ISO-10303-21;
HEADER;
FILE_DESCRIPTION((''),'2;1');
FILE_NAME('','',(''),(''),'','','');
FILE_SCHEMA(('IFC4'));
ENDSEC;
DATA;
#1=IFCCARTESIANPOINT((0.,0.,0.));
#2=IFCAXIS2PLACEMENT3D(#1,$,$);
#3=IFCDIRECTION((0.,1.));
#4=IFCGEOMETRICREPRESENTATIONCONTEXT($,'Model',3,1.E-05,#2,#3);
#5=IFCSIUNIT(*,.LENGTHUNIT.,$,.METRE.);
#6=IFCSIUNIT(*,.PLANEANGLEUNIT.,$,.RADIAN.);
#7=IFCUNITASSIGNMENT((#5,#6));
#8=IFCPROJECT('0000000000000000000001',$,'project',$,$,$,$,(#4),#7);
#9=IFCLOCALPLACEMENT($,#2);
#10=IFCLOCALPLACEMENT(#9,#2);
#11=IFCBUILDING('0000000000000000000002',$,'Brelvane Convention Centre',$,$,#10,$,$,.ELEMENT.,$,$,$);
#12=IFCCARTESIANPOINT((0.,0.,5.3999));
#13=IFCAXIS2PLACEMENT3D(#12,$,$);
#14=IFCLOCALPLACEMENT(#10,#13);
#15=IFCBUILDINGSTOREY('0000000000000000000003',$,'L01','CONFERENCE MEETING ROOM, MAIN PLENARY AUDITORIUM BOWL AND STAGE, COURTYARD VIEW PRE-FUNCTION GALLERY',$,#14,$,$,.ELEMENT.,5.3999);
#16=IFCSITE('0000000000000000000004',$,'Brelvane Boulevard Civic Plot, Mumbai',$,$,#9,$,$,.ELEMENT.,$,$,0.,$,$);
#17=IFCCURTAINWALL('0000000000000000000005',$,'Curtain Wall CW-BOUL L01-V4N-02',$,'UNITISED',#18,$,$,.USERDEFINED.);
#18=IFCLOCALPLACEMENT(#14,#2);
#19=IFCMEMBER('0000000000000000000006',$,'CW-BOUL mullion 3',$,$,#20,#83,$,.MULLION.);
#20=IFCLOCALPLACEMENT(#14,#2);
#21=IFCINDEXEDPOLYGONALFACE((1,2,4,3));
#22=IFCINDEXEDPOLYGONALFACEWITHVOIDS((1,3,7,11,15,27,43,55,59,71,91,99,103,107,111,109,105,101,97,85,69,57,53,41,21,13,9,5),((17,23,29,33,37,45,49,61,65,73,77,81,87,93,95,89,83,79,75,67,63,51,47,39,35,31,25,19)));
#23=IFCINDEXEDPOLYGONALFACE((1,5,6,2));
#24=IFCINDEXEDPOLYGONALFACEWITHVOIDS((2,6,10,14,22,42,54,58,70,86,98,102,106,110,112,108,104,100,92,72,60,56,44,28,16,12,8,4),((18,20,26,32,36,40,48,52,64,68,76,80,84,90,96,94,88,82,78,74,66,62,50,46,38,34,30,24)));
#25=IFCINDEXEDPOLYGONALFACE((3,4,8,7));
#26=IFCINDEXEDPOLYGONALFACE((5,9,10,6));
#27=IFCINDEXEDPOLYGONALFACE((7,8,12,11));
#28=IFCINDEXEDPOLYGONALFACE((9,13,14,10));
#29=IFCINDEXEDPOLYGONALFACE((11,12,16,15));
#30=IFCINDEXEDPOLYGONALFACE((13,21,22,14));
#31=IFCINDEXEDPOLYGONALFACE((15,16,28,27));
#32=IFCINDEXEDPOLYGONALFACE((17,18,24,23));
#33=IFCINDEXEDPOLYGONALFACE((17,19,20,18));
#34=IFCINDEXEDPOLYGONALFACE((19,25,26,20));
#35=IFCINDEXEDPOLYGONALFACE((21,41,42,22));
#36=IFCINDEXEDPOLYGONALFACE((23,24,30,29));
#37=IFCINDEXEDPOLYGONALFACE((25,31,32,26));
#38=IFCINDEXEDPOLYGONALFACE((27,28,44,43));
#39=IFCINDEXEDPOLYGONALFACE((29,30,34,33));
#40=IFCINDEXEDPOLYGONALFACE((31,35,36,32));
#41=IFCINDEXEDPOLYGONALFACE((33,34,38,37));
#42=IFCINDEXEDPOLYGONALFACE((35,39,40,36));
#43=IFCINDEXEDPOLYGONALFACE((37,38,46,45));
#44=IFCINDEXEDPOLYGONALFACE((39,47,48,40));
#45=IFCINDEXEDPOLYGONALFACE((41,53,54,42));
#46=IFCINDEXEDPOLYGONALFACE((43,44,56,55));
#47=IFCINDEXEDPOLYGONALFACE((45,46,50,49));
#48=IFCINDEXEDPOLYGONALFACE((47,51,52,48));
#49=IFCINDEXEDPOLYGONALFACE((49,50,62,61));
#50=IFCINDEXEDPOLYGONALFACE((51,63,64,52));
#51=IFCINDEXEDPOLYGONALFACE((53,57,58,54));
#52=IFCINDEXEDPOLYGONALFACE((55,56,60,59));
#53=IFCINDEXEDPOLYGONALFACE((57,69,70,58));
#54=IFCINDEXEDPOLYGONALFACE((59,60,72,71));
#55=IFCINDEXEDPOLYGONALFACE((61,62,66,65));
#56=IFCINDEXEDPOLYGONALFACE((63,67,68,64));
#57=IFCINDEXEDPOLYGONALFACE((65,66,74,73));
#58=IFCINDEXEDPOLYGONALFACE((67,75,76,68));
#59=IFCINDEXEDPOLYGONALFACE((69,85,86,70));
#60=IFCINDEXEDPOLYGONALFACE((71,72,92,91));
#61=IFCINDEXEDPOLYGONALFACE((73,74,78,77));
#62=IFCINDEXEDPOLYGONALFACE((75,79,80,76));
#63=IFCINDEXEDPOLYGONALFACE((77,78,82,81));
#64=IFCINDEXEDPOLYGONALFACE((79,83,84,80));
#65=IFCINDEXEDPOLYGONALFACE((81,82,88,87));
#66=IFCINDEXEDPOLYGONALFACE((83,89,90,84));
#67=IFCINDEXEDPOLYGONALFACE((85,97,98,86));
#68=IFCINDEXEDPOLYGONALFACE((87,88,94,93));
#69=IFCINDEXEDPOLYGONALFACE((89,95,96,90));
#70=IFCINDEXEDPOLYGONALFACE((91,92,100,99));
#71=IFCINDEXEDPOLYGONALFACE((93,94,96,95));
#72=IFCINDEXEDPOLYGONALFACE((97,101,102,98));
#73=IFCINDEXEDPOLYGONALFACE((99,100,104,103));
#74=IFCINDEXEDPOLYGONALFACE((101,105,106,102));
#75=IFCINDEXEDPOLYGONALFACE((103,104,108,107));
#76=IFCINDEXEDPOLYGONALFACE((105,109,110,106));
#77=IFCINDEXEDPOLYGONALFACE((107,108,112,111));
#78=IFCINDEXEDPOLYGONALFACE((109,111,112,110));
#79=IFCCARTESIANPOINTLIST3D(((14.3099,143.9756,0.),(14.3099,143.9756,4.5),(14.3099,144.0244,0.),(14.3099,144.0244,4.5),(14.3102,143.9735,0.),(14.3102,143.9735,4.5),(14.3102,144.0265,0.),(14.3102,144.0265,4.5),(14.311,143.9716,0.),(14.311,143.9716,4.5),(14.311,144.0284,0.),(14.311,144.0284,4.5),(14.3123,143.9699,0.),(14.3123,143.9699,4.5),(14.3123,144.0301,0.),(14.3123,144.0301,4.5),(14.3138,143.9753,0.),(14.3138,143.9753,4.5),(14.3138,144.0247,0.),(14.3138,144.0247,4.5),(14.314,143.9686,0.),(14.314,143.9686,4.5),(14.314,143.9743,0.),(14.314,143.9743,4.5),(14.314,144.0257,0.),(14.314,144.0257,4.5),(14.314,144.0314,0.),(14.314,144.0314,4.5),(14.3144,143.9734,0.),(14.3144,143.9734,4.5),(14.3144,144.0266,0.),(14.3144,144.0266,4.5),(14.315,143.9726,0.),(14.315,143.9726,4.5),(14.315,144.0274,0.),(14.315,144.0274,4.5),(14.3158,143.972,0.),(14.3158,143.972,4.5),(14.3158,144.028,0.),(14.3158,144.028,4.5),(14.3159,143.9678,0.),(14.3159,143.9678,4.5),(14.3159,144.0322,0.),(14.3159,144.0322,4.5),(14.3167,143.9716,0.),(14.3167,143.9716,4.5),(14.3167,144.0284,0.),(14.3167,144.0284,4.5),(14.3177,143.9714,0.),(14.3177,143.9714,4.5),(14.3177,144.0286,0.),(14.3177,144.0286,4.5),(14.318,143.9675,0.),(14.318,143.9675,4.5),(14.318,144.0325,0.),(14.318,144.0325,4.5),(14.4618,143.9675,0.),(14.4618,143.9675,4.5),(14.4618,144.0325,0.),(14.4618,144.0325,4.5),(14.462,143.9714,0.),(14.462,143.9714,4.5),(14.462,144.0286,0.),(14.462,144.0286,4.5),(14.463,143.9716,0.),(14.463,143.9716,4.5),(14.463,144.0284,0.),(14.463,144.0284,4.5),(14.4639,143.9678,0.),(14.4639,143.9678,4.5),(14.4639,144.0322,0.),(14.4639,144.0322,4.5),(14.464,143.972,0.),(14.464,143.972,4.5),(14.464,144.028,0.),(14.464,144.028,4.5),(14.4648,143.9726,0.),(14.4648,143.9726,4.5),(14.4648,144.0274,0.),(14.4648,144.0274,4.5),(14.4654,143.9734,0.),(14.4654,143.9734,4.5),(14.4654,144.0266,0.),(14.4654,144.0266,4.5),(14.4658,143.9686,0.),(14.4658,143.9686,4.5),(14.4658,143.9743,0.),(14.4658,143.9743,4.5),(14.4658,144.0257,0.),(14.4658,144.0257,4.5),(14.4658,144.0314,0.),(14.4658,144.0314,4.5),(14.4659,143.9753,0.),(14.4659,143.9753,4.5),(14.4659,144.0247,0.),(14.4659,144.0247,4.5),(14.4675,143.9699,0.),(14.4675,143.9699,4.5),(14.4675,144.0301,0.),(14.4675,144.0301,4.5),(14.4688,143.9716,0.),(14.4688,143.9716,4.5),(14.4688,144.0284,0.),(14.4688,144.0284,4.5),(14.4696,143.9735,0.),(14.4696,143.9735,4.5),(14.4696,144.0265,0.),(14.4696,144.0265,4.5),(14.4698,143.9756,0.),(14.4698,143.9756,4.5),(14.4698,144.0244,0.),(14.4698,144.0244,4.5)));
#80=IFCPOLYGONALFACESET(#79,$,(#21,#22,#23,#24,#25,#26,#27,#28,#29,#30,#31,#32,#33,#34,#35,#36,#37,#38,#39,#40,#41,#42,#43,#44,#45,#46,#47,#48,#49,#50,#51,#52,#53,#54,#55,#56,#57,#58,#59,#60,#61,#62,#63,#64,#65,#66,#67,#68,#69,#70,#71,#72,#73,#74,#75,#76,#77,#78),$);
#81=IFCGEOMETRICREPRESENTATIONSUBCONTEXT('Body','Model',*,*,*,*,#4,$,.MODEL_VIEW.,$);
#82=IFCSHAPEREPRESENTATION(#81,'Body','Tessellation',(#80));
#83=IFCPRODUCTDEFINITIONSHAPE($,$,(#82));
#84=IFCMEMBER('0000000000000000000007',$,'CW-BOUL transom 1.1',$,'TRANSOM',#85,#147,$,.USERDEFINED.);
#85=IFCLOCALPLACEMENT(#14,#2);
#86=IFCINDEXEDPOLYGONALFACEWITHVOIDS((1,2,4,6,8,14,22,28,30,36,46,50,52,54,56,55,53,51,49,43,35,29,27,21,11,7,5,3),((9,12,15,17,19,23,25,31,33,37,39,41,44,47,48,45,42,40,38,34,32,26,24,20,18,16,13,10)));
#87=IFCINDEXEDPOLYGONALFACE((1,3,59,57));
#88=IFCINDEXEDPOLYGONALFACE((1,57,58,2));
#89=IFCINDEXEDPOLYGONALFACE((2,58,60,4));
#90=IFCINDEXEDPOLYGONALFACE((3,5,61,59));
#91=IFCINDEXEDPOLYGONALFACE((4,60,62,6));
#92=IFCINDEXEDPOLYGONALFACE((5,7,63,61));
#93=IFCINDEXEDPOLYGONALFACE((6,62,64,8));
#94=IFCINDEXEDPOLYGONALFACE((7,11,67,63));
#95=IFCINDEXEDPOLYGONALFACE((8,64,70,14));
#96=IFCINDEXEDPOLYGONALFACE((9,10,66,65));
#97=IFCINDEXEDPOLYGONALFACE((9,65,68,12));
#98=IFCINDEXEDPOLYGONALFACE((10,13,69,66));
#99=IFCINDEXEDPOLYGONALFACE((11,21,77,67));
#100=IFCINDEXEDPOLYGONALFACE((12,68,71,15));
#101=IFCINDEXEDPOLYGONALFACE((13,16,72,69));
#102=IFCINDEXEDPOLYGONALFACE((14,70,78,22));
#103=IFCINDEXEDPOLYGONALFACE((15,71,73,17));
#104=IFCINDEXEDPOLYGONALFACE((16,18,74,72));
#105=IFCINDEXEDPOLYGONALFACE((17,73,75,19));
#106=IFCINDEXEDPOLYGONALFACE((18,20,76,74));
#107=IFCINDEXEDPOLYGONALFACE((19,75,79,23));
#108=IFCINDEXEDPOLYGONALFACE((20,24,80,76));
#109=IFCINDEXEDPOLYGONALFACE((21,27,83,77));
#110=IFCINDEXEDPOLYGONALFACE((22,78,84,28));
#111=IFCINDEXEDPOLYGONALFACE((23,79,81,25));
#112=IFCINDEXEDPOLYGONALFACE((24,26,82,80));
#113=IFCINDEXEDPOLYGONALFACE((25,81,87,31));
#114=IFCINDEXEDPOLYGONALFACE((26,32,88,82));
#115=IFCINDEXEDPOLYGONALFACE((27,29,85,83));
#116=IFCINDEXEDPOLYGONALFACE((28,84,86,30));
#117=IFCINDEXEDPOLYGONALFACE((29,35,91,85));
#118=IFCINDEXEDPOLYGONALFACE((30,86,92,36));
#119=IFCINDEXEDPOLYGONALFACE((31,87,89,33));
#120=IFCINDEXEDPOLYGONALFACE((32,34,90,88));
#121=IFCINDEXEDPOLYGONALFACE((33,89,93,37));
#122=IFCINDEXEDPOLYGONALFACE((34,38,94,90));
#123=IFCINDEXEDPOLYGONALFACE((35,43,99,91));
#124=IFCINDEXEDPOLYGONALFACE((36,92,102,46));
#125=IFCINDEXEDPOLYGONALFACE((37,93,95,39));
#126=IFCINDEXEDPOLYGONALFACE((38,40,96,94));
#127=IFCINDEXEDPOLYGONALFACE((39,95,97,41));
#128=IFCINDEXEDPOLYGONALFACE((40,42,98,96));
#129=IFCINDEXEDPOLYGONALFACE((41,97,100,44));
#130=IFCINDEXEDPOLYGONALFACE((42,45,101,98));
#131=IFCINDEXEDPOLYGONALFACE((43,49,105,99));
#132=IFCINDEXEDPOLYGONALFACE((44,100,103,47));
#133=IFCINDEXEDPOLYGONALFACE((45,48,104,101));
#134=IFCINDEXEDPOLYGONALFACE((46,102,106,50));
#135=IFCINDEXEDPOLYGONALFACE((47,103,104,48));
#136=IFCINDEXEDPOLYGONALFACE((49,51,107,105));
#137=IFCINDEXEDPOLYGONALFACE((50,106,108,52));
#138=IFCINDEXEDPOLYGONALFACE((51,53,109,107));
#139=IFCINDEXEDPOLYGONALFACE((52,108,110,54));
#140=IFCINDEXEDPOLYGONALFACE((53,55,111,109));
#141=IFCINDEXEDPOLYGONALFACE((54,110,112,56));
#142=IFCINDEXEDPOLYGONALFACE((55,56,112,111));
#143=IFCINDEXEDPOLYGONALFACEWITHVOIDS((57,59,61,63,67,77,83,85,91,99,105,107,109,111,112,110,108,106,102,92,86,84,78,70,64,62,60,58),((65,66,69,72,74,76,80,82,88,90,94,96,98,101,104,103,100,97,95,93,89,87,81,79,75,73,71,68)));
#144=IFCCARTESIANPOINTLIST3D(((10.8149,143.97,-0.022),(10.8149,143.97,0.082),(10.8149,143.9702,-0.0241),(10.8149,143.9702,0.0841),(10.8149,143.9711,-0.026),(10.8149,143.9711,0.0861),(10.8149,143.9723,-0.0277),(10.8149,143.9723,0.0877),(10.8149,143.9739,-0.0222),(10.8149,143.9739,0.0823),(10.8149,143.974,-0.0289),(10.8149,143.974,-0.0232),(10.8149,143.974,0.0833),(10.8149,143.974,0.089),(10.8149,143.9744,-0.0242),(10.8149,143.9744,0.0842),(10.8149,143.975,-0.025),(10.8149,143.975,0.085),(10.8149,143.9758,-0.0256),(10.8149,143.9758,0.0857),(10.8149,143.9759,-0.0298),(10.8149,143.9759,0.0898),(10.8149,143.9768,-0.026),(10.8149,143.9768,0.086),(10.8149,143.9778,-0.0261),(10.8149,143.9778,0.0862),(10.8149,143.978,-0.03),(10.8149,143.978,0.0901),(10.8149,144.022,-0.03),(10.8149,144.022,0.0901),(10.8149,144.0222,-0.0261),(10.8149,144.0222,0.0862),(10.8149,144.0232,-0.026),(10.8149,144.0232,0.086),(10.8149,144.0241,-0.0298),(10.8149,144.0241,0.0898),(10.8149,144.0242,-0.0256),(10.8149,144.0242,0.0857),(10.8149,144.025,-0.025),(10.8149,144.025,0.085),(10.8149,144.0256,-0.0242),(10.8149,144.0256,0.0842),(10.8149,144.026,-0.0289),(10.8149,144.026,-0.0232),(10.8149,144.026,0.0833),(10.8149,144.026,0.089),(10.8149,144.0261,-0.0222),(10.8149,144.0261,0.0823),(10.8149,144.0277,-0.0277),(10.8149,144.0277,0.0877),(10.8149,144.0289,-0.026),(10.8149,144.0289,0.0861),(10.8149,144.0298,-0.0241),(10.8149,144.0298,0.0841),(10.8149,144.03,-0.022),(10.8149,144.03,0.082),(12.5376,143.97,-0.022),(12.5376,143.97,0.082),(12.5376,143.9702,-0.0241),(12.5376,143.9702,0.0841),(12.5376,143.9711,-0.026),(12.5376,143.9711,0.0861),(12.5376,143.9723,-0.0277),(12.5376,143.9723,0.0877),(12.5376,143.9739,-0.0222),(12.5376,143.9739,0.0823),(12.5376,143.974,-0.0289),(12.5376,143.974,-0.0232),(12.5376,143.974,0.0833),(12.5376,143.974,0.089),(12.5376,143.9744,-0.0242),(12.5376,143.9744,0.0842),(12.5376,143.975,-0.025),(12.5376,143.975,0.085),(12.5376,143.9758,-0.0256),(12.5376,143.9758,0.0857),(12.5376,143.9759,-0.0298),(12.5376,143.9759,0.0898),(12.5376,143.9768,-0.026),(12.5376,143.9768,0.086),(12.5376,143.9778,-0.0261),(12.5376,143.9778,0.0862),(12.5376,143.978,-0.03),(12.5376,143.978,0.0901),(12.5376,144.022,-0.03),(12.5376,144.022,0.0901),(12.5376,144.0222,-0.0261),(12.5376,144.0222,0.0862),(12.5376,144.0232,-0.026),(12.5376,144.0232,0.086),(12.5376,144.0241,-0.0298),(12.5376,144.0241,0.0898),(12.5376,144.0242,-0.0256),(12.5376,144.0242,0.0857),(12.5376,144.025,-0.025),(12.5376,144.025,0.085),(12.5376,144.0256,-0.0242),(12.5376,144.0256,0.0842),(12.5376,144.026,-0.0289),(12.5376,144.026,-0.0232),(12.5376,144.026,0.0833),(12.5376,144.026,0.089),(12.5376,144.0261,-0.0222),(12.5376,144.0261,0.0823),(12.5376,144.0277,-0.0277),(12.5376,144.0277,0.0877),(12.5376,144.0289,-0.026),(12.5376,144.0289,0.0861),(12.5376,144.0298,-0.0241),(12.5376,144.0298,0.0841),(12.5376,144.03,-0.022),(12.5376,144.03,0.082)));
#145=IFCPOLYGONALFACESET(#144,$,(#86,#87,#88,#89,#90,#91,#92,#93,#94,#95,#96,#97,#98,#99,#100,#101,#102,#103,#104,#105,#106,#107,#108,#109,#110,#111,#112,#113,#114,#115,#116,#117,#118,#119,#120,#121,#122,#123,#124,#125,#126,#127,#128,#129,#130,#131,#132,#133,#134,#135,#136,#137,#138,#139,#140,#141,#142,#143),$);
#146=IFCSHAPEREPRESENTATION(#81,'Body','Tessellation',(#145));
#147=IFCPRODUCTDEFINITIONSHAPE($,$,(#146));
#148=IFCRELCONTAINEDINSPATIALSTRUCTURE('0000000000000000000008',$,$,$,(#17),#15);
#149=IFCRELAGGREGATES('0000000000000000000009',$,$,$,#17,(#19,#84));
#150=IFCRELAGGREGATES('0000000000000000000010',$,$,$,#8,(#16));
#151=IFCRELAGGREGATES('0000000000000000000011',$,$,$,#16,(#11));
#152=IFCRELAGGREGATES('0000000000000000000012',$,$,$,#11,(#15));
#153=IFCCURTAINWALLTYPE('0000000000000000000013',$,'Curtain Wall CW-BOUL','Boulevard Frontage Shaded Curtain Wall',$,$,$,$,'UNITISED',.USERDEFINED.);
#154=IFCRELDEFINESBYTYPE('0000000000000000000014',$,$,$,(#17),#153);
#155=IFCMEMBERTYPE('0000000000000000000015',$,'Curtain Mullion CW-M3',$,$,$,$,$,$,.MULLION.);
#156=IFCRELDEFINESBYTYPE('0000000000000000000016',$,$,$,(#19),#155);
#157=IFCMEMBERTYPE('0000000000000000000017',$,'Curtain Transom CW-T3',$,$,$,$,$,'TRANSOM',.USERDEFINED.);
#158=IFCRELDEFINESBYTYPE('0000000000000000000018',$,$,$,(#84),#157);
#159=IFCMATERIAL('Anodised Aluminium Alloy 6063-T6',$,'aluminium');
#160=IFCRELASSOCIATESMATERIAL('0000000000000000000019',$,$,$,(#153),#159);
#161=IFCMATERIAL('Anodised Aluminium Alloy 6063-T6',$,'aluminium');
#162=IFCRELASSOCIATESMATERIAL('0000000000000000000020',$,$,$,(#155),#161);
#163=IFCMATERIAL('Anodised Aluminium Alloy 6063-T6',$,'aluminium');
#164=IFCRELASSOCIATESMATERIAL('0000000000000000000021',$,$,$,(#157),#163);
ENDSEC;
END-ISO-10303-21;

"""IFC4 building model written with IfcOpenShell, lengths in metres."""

from ifc_helpers import new_model, si_unit, direction, frame, origin, origin_2d, place, context, subcontext, project, spatial, hollow_rectangle, extrude, material, material_profile, profile_set, type_object, element, aggregate, save


model = new_model("IFC4")

# Units and contexts
model_context = context("Model", 3, precision=1e-05, world=origin(), true_north=direction((0.0, 1.0)))
body_context = subcontext(model_context, "Body", "Model", "MODEL_VIEW")
ifc_project = project(units=[si_unit("LENGTHUNIT", "METRE"), si_unit("PLANEANGLEUNIT", "RADIAN")], contexts=[model_context])

# Site, building, storey
site_placement = place(None, origin())
site = spatial("IfcSite", under=ifc_project, at=site_placement, Name="Brelvane Boulevard Civic Plot, Mumbai", CompositionType="ELEMENT", RefElevation=0.0)
building_placement = place(site_placement, origin())
building = spatial("IfcBuilding", under=site, at=building_placement, Name="Brelvane Convention Centre", CompositionType="ELEMENT")
storey_placement = place(building_placement, frame((0.0, 0.0, 5.3999)))
storey = spatial("IfcBuildingStorey", under=building, at=storey_placement, Name="L01", Description="CONFERENCE MEETING ROOM, MAIN PLENARY AUDITORIUM BOWL AND STAGE, COURTYARD VIEW PRE-FUNCTION GALLERY", CompositionType="ELEMENT", Elevation=5.3999)

# Curtain wall, members
ifc_material_1 = material(Name="Anodised Aluminium Alloy 6063-T6", Category="aluminium")
curtain_wall_type = type_object("IfcCurtainWallType", Name="Curtain Wall CW-BOUL", Description="Boulevard Frontage Shaded Curtain Wall", ElementType="UNITISED", PredefinedType="USERDEFINED", material=ifc_material_1)
curtain_wall_placement = place(storey_placement, origin())
curtain_wall = element("IfcCurtainWall", 1, at=curtain_wall_placement, inside=storey, type_object=curtain_wall_type, Name="Curtain Wall CW-BOUL L01-V4N-02", ObjectType="UNITISED", PredefinedType="USERDEFINED")
ifc_material_2 = material(Name="Anodised Aluminium Alloy 6063-T6", Category="aluminium")
ifc_material_profile_1 = material_profile(ifc_material_2, hollow_rectangle(XDim=0.0649, YDim=0.1599, WallThickness=0.0039, InnerFilletRadius=0.0039, OuterFilletRadius=0.0081, at=origin_2d()), Name="ALU-M 160x65x4.0")
ifc_profile_set_1 = profile_set([ifc_material_profile_1], Name="Anodised Aluminium Alloy 6063-T6")
member_type_1 = type_object("IfcMemberType", Name="Curtain Mullion CW-M3", PredefinedType="MULLION", material=ifc_profile_set_1)
member_1_placement = place(storey_placement, frame((14.3899, 144.0, 0.0), z_axis=(0.0, 0.0, 1.0), x_axis=(0.0, 1.0, 0.0)))
member_1 = element("IfcMember", 2, at=member_1_placement, type_object=member_type_1, Name="CW-BOUL mullion 3", PredefinedType="MULLION", context=body_context, shape_type="SweptSolid", body=[
    extrude(hollow_rectangle(XDim=0.0649, YDim=0.1599, WallThickness=0.0039, InnerFilletRadius=0.0039, OuterFilletRadius=0.0081, at=origin_2d()), origin(), (0.0, 0.0, 1.0), 4.5),
])
ifc_material_3 = material(Name="Anodised Aluminium Alloy 6063-T6", Category="aluminium")
ifc_material_profile_2 = material_profile(ifc_material_3, hollow_rectangle(XDim=0.0601, YDim=0.1201, WallThickness=0.0039, InnerFilletRadius=0.0039, OuterFilletRadius=0.0081, at=origin_2d()), Name="ALU-T 120x60x4.0")
ifc_profile_set_2 = profile_set([ifc_material_profile_2], Name="Anodised Aluminium Alloy 6063-T6")
member_type_2 = type_object("IfcMemberType", Name="Curtain Transom CW-T3", ElementType="TRANSOM", PredefinedType="USERDEFINED", material=ifc_profile_set_2)
member_2_placement = place(storey_placement, frame((10.8149, 144.0, 0.03), z_axis=(1.0, 0.0, 0.0), x_axis=(0.0, 1.0, 0.0)))
member_2 = element("IfcMember", 3, at=member_2_placement, type_object=member_type_2, Name="CW-BOUL transom 1.1", ObjectType="TRANSOM", PredefinedType="USERDEFINED", context=body_context, shape_type="SweptSolid", body=[
    extrude(hollow_rectangle(XDim=0.0601, YDim=0.1201, WallThickness=0.0039, InnerFilletRadius=0.0039, OuterFilletRadius=0.0081, at=origin_2d()), origin(), (0.0, 0.0, 1.0), 1.7227),
])

aggregate(curtain_wall, [member_1, member_2])

save(model, "model.ifc")
